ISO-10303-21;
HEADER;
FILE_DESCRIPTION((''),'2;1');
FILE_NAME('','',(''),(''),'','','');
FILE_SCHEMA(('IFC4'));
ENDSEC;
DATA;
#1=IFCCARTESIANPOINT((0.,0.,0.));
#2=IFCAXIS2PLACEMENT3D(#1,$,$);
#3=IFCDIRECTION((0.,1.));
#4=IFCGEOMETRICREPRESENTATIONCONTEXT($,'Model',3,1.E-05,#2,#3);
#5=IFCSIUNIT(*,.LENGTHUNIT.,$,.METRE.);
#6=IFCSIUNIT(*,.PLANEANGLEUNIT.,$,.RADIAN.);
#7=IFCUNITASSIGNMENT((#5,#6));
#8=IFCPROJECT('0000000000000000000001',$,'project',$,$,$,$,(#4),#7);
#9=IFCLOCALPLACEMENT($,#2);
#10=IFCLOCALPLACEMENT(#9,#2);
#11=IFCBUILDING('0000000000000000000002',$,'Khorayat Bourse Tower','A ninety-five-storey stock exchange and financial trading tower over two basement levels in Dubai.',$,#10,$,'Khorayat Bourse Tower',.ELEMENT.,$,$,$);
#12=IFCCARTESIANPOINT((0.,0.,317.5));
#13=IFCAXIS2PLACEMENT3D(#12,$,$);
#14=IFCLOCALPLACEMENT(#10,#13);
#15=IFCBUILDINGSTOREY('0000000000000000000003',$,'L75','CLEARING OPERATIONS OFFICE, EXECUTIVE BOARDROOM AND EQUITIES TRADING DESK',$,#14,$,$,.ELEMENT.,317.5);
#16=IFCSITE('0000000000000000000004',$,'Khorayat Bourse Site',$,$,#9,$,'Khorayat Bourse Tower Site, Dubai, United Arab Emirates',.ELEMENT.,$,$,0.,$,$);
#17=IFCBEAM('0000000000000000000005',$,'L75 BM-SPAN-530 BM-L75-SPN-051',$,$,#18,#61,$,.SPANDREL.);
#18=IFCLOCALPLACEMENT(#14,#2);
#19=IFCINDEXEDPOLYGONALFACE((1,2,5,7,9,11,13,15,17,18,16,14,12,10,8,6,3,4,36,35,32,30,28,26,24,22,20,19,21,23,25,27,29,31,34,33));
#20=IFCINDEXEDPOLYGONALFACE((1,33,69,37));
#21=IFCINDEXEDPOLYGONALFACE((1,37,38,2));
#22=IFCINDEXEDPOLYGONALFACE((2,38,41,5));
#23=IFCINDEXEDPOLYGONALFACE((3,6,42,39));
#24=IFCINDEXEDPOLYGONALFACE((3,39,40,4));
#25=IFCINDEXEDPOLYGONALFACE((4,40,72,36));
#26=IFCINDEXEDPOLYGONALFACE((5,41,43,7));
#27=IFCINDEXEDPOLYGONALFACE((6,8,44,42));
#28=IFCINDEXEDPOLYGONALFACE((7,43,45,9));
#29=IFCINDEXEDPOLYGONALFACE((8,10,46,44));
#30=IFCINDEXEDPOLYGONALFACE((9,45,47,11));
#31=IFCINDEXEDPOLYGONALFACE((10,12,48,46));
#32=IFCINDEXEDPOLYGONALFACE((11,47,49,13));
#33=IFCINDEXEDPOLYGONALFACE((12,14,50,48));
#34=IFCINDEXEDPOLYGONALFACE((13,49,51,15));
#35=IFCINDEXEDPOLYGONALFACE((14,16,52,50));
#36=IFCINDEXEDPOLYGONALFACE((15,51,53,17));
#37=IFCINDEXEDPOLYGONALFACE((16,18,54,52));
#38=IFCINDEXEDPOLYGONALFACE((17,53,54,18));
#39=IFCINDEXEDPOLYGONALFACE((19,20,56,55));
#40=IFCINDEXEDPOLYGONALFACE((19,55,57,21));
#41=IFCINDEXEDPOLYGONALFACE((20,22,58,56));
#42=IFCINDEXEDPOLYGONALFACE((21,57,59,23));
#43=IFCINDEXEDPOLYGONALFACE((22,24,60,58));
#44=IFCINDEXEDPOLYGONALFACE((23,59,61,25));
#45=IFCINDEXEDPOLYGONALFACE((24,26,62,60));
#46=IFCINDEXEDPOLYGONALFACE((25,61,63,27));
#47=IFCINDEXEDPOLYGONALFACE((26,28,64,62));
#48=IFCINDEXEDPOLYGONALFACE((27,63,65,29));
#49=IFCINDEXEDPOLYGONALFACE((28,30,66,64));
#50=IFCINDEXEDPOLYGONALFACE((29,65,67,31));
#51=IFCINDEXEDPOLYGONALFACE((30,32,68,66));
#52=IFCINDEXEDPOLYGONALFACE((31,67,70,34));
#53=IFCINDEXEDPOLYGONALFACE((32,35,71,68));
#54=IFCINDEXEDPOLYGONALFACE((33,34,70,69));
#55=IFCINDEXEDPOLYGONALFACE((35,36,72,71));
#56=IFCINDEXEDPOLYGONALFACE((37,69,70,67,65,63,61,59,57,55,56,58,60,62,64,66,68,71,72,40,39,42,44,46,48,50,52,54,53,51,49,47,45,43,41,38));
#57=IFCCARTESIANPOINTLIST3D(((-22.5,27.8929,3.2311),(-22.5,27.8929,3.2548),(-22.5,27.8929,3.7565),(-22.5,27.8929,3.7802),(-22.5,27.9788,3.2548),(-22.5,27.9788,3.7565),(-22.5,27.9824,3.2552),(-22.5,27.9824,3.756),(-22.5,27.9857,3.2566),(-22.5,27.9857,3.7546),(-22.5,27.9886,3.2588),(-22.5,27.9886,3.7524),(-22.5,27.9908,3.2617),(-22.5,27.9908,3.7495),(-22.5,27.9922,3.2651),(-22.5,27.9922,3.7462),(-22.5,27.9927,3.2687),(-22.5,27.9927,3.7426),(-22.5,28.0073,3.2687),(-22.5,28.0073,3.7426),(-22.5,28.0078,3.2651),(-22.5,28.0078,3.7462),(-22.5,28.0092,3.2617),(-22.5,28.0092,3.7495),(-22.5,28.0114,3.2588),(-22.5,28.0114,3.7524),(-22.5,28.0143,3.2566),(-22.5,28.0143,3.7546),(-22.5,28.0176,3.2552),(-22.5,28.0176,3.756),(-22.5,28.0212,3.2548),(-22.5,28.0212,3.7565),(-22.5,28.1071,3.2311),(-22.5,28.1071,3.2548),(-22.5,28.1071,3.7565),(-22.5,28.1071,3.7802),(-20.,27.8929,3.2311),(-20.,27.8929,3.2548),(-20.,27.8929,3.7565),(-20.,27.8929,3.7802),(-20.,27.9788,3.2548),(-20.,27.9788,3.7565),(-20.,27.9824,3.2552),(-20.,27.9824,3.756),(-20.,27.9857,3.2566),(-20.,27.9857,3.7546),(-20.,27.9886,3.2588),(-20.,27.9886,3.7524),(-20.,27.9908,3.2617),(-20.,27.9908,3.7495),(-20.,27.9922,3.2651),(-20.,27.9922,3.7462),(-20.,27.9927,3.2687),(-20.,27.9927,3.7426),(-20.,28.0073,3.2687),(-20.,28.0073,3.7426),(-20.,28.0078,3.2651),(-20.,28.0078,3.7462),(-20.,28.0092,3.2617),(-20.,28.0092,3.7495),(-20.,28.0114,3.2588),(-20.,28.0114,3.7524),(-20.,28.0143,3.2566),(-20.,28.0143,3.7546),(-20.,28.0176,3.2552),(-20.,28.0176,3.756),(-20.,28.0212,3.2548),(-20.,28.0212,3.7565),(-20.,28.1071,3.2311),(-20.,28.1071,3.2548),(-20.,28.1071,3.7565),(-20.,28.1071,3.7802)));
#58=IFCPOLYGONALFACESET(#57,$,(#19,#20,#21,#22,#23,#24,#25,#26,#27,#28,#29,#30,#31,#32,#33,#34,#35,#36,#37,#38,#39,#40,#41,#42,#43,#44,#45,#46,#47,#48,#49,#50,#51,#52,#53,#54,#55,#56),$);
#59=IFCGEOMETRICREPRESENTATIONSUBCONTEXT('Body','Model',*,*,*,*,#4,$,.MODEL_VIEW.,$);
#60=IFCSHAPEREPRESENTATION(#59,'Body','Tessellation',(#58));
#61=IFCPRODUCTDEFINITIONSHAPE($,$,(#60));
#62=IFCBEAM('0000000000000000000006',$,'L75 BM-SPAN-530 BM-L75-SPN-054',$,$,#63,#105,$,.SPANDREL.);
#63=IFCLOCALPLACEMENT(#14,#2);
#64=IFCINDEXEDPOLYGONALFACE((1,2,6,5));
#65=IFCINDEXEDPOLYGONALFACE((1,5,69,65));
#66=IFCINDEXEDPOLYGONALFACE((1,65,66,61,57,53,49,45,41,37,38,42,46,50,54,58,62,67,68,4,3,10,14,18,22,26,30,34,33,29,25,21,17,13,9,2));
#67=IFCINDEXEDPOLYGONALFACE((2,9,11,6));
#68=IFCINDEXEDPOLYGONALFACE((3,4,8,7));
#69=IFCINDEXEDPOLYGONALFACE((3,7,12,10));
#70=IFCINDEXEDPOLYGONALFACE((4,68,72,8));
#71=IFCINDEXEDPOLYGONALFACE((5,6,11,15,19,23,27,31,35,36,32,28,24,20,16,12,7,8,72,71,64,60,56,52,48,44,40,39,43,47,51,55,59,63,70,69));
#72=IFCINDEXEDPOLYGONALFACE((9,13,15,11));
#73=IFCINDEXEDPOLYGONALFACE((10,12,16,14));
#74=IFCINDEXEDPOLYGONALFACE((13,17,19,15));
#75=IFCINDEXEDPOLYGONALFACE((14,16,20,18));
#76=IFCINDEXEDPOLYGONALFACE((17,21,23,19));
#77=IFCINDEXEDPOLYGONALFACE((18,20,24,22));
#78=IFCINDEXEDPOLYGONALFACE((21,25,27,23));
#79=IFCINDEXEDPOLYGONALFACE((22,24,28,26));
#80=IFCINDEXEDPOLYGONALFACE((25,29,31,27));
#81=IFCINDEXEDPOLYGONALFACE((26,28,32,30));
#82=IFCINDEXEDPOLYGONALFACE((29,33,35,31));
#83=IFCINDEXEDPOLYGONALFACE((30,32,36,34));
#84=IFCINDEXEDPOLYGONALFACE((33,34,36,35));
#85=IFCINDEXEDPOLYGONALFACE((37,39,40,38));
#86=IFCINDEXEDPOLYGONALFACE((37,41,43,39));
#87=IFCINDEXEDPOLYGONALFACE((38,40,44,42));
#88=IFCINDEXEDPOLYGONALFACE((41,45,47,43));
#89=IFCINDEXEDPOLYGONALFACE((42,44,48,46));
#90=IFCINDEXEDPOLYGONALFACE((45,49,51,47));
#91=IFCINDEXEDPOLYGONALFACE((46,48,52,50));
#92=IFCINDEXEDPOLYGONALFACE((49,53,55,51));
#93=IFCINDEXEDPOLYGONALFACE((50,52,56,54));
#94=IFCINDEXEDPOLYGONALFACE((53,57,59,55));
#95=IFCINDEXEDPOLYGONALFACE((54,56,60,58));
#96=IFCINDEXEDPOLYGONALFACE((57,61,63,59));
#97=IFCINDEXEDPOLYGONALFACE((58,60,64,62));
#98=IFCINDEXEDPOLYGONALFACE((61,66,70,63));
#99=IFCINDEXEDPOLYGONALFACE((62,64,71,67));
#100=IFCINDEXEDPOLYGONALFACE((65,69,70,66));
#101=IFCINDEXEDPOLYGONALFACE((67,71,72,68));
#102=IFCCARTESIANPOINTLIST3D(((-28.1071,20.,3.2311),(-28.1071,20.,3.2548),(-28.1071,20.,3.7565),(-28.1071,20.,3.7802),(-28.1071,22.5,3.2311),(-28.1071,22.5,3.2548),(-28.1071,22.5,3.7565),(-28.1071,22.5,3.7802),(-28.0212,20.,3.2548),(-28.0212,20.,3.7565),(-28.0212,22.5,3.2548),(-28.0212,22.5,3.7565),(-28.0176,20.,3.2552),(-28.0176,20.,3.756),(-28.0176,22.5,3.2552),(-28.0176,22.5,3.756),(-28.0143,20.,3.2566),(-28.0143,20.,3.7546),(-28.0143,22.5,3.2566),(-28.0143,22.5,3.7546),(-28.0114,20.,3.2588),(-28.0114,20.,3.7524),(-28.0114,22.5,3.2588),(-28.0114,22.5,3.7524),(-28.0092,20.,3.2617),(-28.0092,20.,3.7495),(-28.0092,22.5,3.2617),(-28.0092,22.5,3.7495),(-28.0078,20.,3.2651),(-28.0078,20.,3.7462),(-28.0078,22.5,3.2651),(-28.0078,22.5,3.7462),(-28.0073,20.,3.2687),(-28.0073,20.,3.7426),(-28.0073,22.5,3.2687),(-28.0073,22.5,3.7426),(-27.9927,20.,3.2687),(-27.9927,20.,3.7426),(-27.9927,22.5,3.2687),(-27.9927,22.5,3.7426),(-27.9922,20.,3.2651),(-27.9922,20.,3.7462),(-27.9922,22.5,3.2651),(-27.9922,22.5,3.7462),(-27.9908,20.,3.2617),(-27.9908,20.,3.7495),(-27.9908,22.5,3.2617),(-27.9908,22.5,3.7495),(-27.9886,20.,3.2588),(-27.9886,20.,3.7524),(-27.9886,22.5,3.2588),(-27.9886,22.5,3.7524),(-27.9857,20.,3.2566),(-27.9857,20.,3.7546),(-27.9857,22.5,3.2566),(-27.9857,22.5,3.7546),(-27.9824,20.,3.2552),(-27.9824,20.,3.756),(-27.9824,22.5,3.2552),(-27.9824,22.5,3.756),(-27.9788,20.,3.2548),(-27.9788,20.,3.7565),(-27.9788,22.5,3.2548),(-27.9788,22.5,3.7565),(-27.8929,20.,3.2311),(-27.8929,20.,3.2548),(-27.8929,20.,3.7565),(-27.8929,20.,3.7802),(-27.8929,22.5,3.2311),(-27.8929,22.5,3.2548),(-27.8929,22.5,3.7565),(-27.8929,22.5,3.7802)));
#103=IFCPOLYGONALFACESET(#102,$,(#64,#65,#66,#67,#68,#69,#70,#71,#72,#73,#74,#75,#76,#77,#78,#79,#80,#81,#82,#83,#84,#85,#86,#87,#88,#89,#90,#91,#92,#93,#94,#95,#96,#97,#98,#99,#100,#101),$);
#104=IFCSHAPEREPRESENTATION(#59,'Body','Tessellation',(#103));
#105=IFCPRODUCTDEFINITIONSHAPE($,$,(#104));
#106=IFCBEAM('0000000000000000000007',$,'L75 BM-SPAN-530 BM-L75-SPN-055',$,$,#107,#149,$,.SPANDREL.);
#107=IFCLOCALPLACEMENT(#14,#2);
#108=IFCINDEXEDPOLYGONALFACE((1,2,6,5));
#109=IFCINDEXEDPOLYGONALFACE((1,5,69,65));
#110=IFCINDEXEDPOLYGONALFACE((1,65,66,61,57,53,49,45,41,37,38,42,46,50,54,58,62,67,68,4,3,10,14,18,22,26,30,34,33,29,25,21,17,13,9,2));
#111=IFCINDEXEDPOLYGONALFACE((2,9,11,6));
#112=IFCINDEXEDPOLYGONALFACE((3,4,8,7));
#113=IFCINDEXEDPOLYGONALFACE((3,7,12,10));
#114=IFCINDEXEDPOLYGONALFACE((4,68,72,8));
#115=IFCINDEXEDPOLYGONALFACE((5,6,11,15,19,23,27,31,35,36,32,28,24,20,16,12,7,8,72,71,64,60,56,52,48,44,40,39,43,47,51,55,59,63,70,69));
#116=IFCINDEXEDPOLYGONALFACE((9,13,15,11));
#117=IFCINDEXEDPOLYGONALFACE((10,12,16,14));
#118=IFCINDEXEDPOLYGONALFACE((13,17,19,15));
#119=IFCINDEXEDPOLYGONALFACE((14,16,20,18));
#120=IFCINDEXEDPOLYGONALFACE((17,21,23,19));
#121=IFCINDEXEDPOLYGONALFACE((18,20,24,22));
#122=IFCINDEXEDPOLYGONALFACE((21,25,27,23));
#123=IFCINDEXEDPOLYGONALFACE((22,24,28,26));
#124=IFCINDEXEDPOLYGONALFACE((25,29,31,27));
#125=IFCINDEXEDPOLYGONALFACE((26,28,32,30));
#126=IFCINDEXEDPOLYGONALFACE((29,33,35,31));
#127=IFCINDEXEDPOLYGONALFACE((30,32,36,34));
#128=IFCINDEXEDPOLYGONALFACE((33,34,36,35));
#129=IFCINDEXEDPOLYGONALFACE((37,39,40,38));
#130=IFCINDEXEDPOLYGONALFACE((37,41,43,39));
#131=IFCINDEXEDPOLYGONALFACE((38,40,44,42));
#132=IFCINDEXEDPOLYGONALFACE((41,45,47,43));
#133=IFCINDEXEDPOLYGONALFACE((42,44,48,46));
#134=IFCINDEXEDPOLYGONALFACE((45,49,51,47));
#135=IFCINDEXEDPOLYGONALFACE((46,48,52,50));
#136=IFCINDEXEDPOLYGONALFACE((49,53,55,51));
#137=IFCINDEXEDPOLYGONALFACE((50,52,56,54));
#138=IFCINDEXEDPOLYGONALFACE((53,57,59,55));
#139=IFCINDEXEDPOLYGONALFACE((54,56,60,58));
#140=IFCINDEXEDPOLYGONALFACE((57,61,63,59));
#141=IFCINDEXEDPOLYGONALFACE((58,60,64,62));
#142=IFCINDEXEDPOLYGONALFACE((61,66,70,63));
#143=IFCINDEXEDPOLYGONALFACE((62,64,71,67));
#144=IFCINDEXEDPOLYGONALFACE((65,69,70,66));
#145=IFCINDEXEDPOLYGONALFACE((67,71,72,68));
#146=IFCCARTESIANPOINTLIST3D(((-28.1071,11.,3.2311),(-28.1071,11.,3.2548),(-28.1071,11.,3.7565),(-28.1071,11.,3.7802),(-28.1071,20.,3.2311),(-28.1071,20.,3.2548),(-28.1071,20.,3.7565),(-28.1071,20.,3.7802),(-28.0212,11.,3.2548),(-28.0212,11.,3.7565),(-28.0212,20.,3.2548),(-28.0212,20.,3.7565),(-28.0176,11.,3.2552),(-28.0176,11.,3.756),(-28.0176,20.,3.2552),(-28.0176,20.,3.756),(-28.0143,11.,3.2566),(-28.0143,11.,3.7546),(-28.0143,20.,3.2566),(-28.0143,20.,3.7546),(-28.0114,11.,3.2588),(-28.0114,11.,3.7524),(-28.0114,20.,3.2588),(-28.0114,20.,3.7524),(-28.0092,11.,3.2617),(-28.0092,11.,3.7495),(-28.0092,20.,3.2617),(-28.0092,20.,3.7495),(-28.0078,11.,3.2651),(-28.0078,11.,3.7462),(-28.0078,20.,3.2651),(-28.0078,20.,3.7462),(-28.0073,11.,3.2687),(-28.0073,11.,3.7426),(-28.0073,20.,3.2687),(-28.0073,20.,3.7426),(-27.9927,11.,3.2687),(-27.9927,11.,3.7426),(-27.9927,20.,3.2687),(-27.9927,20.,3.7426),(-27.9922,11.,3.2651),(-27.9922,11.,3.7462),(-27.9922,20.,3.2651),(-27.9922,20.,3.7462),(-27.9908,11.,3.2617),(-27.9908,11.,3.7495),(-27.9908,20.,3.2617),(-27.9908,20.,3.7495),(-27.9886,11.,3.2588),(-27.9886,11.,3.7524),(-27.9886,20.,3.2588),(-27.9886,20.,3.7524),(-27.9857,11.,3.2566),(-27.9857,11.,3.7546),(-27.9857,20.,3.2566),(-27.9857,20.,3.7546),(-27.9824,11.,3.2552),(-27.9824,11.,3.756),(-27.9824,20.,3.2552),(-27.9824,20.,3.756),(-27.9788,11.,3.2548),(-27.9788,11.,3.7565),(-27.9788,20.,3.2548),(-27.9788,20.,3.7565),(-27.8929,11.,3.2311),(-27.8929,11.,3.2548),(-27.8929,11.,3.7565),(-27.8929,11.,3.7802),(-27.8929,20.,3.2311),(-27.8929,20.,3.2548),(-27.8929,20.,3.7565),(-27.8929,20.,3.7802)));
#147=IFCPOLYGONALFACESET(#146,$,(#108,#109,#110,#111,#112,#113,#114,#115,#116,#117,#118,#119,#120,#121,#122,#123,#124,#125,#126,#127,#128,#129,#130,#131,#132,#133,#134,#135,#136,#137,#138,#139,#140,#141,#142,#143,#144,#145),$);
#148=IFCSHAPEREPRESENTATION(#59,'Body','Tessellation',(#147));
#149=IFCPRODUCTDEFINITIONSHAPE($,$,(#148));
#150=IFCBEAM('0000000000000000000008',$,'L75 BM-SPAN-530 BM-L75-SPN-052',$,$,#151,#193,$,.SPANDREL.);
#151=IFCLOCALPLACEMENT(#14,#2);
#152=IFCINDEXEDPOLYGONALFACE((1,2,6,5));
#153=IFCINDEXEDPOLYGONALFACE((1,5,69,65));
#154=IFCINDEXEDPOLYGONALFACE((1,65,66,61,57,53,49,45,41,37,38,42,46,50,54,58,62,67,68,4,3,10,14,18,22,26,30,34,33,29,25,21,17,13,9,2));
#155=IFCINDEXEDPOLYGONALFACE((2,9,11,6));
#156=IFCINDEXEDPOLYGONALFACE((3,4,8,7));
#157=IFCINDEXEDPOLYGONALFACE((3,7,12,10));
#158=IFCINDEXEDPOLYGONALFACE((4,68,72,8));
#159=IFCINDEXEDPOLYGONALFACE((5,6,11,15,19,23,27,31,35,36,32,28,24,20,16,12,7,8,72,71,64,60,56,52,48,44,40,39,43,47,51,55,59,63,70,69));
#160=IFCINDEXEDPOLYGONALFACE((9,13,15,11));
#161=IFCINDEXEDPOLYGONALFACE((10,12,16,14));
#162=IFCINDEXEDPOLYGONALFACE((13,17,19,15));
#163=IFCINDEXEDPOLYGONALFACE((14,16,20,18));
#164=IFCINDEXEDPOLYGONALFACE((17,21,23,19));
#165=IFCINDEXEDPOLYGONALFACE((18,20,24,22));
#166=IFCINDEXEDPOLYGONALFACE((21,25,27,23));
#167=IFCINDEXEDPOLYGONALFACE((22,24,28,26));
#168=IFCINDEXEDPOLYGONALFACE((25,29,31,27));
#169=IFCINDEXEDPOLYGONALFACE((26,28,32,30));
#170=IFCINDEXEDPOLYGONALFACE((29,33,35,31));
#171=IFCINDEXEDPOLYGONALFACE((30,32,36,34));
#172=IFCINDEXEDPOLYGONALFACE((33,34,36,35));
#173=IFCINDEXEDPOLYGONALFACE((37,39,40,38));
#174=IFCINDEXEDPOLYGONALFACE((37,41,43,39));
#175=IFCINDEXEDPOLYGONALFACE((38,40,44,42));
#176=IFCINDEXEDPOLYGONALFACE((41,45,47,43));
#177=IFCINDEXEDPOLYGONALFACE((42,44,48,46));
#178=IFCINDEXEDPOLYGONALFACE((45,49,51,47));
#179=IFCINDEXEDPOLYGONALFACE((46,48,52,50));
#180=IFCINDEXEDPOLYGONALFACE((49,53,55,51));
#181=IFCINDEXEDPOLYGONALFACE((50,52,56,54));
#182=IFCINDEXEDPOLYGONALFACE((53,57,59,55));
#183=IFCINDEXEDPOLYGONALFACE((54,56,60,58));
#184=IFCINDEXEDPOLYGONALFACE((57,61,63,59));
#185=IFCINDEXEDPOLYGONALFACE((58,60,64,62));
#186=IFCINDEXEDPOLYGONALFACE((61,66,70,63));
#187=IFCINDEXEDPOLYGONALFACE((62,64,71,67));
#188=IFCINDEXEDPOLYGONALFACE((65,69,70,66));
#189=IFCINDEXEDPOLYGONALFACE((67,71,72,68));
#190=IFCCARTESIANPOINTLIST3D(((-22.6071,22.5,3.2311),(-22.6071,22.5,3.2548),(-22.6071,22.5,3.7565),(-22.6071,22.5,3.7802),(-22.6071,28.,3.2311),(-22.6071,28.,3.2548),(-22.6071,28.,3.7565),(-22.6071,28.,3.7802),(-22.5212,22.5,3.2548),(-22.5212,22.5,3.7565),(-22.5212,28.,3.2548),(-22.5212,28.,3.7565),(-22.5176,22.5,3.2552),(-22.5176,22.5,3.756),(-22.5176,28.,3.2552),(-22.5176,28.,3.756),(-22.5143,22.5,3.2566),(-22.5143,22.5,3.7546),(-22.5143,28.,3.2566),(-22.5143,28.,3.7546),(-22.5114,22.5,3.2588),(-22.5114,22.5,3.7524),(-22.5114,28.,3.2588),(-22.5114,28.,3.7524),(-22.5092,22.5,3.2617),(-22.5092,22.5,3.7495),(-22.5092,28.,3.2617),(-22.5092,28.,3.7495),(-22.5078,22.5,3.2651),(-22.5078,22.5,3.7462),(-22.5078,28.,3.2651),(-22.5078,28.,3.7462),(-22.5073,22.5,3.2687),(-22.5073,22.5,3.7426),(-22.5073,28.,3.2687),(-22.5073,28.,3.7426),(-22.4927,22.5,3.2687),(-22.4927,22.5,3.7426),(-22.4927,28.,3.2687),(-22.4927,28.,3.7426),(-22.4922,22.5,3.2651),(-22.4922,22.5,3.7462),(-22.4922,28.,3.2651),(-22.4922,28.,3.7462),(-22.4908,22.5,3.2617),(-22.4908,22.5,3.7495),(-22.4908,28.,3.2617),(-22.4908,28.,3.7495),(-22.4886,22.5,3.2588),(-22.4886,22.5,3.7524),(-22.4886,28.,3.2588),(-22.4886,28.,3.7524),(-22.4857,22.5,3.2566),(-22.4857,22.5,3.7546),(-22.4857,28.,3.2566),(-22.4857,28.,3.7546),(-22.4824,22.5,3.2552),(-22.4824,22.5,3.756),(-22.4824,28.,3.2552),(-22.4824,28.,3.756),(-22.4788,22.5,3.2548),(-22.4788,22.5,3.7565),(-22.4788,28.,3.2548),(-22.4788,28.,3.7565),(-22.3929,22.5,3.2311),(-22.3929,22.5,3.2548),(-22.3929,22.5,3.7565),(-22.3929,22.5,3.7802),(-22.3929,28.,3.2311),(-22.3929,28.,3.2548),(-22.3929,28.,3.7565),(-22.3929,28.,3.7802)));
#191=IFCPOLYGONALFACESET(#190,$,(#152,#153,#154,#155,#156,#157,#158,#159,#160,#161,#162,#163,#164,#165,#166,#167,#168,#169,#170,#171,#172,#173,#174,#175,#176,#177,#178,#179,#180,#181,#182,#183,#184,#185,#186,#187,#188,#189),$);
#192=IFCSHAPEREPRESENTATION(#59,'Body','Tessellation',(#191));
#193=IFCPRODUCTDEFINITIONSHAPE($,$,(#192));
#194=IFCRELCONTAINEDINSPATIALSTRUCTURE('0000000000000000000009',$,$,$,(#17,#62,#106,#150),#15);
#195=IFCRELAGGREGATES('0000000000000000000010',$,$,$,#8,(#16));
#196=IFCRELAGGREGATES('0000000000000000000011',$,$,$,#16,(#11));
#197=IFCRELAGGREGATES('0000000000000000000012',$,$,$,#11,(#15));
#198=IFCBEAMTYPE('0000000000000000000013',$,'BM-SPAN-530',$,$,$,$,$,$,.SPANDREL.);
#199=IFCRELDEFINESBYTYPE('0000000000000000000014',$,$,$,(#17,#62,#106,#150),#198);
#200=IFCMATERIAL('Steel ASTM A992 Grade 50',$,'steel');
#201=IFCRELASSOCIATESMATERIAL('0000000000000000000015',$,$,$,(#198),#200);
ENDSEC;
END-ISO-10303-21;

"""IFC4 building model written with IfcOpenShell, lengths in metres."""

from ifc_helpers import new_model, si_unit, direction, frame, origin, origin_2d, place, context, subcontext, project, spatial, i_section, extrude, source, transform, mapped, material, material_profile, profile_set, type_object, element, save


model = new_model("IFC4")

# Units and contexts
model_context = context("Model", 3, precision=1e-05, world=origin(), true_north=direction((0.0, 1.0)))
body_context = subcontext(model_context, "Body", "Model", "MODEL_VIEW")
ifc_project = project(units=[si_unit("LENGTHUNIT", "METRE"), si_unit("PLANEANGLEUNIT", "RADIAN")], contexts=[model_context])

# Site, building, storey
site_placement = place(None, origin())
site = spatial("IfcSite", under=ifc_project, at=site_placement, Name="Khorayat Bourse Site", LongName="Khorayat Bourse Tower Site, Dubai, United Arab Emirates", CompositionType="ELEMENT", RefElevation=0.0)
building_placement = place(site_placement, origin())
building = spatial("IfcBuilding", under=site, at=building_placement, Name="Khorayat Bourse Tower", Description="A ninety-five-storey stock exchange and financial trading tower over two basement levels in Dubai.", LongName="Khorayat Bourse Tower", CompositionType="ELEMENT")
storey_placement = place(building_placement, frame((0.0, 0.0, 317.5)))
storey = spatial("IfcBuildingStorey", under=building, at=storey_placement, Name="L75", Description="CLEARING OPERATIONS OFFICE, EXECUTIVE BOARDROOM AND EQUITIES TRADING DESK", CompositionType="ELEMENT", Elevation=317.5)

# Beams
ifc_material_1 = material(Name="Steel ASTM A992 Grade 50", Category="steel")
ifc_material_profile_1 = material_profile(ifc_material_1, i_section(OverallWidth=0.2141, OverallDepth=0.5491, WebThickness=0.0146, FlangeThickness=0.0237, FilletRadius=0.0139, at=origin_2d()), Name="W530X138")
ifc_profile_set_1 = profile_set([ifc_material_profile_1], Name="Steel ASTM A992 Grade 50")
beam_type_1 = type_object("IfcBeamType", Name="BM-SPAN-530", PredefinedType="SPANDREL", material=ifc_profile_set_1)
shared_shape_1 = source(origin(), body_context, "Body", "SweptSolid", [
    extrude(i_section(OverallWidth=0.2141, OverallDepth=0.5491, WebThickness=0.0146, FlangeThickness=0.0237, FilletRadius=0.0139, at=origin_2d()), origin(), (0.0, 0.0, 1.0), 2.5),
])
for number, where, z_axis, x_axis, name in (
    (1, (-22.5, 28.0, 3.5056), (1.0, 0.0, 0.0), (0.0, 1.0, 0.0), "L75 BM-SPAN-530 BM-L75-SPN-051"),
    (2, (-28.0, 20.0, 3.5056), (0.0, 1.0, 0.0), (-1.0, 0.0, 0.0), "L75 BM-SPAN-530 BM-L75-SPN-054"),
):
    element("IfcBeam", number, at=place(storey_placement, frame(where, z_axis=z_axis, x_axis=x_axis)), inside=storey, type_object=beam_type_1, Name=name, PredefinedType="SPANDREL", context=body_context, shape_type="MappedRepresentation", body=[
        mapped(shared_shape_1, transform((0.0, 0.0, 0.0), scale=1.0)),
    ])
shared_shape_2 = source(origin(), body_context, "Body", "SweptSolid", [
    extrude(i_section(OverallWidth=0.2141, OverallDepth=0.5491, WebThickness=0.0146, FlangeThickness=0.0237, FilletRadius=0.0139, at=origin_2d()), origin(), (0.0, 0.0, 1.0), 9.0),
])
beam_1_placement = place(storey_placement, frame((-28.0, 11.0, 3.5056), z_axis=(0.0, 1.0, 0.0), x_axis=(-1.0, 0.0, 0.0)))
element("IfcBeam", 3, at=beam_1_placement, inside=storey, type_object=beam_type_1, Name="L75 BM-SPAN-530 BM-L75-SPN-055", PredefinedType="SPANDREL", context=body_context, shape_type="MappedRepresentation", body=[
    mapped(shared_shape_2, transform((0.0, 0.0, 0.0), scale=1.0)),
])
shared_shape_3 = source(origin(), body_context, "Body", "SweptSolid", [
    extrude(i_section(OverallWidth=0.2141, OverallDepth=0.5491, WebThickness=0.0146, FlangeThickness=0.0237, FilletRadius=0.0139, at=origin_2d()), origin(), (0.0, 0.0, 1.0), 5.5),
])
for number, where, z_axis, x_axis, name in (
    (4, (-22.5, 22.5, 3.5056), (0.0, 1.0, 0.0), (-1.0, 0.0, 0.0), "L75 BM-SPAN-530 BM-L75-SPN-052"),
):
    element("IfcBeam", number, at=place(storey_placement, frame(where, z_axis=z_axis, x_axis=x_axis)), inside=storey, type_object=beam_type_1, Name=name, PredefinedType="SPANDREL", context=body_context, shape_type="MappedRepresentation", body=[
        mapped(shared_shape_3, transform((0.0, 0.0, 0.0), scale=1.0)),
    ])

save(model, "model.ifc")
